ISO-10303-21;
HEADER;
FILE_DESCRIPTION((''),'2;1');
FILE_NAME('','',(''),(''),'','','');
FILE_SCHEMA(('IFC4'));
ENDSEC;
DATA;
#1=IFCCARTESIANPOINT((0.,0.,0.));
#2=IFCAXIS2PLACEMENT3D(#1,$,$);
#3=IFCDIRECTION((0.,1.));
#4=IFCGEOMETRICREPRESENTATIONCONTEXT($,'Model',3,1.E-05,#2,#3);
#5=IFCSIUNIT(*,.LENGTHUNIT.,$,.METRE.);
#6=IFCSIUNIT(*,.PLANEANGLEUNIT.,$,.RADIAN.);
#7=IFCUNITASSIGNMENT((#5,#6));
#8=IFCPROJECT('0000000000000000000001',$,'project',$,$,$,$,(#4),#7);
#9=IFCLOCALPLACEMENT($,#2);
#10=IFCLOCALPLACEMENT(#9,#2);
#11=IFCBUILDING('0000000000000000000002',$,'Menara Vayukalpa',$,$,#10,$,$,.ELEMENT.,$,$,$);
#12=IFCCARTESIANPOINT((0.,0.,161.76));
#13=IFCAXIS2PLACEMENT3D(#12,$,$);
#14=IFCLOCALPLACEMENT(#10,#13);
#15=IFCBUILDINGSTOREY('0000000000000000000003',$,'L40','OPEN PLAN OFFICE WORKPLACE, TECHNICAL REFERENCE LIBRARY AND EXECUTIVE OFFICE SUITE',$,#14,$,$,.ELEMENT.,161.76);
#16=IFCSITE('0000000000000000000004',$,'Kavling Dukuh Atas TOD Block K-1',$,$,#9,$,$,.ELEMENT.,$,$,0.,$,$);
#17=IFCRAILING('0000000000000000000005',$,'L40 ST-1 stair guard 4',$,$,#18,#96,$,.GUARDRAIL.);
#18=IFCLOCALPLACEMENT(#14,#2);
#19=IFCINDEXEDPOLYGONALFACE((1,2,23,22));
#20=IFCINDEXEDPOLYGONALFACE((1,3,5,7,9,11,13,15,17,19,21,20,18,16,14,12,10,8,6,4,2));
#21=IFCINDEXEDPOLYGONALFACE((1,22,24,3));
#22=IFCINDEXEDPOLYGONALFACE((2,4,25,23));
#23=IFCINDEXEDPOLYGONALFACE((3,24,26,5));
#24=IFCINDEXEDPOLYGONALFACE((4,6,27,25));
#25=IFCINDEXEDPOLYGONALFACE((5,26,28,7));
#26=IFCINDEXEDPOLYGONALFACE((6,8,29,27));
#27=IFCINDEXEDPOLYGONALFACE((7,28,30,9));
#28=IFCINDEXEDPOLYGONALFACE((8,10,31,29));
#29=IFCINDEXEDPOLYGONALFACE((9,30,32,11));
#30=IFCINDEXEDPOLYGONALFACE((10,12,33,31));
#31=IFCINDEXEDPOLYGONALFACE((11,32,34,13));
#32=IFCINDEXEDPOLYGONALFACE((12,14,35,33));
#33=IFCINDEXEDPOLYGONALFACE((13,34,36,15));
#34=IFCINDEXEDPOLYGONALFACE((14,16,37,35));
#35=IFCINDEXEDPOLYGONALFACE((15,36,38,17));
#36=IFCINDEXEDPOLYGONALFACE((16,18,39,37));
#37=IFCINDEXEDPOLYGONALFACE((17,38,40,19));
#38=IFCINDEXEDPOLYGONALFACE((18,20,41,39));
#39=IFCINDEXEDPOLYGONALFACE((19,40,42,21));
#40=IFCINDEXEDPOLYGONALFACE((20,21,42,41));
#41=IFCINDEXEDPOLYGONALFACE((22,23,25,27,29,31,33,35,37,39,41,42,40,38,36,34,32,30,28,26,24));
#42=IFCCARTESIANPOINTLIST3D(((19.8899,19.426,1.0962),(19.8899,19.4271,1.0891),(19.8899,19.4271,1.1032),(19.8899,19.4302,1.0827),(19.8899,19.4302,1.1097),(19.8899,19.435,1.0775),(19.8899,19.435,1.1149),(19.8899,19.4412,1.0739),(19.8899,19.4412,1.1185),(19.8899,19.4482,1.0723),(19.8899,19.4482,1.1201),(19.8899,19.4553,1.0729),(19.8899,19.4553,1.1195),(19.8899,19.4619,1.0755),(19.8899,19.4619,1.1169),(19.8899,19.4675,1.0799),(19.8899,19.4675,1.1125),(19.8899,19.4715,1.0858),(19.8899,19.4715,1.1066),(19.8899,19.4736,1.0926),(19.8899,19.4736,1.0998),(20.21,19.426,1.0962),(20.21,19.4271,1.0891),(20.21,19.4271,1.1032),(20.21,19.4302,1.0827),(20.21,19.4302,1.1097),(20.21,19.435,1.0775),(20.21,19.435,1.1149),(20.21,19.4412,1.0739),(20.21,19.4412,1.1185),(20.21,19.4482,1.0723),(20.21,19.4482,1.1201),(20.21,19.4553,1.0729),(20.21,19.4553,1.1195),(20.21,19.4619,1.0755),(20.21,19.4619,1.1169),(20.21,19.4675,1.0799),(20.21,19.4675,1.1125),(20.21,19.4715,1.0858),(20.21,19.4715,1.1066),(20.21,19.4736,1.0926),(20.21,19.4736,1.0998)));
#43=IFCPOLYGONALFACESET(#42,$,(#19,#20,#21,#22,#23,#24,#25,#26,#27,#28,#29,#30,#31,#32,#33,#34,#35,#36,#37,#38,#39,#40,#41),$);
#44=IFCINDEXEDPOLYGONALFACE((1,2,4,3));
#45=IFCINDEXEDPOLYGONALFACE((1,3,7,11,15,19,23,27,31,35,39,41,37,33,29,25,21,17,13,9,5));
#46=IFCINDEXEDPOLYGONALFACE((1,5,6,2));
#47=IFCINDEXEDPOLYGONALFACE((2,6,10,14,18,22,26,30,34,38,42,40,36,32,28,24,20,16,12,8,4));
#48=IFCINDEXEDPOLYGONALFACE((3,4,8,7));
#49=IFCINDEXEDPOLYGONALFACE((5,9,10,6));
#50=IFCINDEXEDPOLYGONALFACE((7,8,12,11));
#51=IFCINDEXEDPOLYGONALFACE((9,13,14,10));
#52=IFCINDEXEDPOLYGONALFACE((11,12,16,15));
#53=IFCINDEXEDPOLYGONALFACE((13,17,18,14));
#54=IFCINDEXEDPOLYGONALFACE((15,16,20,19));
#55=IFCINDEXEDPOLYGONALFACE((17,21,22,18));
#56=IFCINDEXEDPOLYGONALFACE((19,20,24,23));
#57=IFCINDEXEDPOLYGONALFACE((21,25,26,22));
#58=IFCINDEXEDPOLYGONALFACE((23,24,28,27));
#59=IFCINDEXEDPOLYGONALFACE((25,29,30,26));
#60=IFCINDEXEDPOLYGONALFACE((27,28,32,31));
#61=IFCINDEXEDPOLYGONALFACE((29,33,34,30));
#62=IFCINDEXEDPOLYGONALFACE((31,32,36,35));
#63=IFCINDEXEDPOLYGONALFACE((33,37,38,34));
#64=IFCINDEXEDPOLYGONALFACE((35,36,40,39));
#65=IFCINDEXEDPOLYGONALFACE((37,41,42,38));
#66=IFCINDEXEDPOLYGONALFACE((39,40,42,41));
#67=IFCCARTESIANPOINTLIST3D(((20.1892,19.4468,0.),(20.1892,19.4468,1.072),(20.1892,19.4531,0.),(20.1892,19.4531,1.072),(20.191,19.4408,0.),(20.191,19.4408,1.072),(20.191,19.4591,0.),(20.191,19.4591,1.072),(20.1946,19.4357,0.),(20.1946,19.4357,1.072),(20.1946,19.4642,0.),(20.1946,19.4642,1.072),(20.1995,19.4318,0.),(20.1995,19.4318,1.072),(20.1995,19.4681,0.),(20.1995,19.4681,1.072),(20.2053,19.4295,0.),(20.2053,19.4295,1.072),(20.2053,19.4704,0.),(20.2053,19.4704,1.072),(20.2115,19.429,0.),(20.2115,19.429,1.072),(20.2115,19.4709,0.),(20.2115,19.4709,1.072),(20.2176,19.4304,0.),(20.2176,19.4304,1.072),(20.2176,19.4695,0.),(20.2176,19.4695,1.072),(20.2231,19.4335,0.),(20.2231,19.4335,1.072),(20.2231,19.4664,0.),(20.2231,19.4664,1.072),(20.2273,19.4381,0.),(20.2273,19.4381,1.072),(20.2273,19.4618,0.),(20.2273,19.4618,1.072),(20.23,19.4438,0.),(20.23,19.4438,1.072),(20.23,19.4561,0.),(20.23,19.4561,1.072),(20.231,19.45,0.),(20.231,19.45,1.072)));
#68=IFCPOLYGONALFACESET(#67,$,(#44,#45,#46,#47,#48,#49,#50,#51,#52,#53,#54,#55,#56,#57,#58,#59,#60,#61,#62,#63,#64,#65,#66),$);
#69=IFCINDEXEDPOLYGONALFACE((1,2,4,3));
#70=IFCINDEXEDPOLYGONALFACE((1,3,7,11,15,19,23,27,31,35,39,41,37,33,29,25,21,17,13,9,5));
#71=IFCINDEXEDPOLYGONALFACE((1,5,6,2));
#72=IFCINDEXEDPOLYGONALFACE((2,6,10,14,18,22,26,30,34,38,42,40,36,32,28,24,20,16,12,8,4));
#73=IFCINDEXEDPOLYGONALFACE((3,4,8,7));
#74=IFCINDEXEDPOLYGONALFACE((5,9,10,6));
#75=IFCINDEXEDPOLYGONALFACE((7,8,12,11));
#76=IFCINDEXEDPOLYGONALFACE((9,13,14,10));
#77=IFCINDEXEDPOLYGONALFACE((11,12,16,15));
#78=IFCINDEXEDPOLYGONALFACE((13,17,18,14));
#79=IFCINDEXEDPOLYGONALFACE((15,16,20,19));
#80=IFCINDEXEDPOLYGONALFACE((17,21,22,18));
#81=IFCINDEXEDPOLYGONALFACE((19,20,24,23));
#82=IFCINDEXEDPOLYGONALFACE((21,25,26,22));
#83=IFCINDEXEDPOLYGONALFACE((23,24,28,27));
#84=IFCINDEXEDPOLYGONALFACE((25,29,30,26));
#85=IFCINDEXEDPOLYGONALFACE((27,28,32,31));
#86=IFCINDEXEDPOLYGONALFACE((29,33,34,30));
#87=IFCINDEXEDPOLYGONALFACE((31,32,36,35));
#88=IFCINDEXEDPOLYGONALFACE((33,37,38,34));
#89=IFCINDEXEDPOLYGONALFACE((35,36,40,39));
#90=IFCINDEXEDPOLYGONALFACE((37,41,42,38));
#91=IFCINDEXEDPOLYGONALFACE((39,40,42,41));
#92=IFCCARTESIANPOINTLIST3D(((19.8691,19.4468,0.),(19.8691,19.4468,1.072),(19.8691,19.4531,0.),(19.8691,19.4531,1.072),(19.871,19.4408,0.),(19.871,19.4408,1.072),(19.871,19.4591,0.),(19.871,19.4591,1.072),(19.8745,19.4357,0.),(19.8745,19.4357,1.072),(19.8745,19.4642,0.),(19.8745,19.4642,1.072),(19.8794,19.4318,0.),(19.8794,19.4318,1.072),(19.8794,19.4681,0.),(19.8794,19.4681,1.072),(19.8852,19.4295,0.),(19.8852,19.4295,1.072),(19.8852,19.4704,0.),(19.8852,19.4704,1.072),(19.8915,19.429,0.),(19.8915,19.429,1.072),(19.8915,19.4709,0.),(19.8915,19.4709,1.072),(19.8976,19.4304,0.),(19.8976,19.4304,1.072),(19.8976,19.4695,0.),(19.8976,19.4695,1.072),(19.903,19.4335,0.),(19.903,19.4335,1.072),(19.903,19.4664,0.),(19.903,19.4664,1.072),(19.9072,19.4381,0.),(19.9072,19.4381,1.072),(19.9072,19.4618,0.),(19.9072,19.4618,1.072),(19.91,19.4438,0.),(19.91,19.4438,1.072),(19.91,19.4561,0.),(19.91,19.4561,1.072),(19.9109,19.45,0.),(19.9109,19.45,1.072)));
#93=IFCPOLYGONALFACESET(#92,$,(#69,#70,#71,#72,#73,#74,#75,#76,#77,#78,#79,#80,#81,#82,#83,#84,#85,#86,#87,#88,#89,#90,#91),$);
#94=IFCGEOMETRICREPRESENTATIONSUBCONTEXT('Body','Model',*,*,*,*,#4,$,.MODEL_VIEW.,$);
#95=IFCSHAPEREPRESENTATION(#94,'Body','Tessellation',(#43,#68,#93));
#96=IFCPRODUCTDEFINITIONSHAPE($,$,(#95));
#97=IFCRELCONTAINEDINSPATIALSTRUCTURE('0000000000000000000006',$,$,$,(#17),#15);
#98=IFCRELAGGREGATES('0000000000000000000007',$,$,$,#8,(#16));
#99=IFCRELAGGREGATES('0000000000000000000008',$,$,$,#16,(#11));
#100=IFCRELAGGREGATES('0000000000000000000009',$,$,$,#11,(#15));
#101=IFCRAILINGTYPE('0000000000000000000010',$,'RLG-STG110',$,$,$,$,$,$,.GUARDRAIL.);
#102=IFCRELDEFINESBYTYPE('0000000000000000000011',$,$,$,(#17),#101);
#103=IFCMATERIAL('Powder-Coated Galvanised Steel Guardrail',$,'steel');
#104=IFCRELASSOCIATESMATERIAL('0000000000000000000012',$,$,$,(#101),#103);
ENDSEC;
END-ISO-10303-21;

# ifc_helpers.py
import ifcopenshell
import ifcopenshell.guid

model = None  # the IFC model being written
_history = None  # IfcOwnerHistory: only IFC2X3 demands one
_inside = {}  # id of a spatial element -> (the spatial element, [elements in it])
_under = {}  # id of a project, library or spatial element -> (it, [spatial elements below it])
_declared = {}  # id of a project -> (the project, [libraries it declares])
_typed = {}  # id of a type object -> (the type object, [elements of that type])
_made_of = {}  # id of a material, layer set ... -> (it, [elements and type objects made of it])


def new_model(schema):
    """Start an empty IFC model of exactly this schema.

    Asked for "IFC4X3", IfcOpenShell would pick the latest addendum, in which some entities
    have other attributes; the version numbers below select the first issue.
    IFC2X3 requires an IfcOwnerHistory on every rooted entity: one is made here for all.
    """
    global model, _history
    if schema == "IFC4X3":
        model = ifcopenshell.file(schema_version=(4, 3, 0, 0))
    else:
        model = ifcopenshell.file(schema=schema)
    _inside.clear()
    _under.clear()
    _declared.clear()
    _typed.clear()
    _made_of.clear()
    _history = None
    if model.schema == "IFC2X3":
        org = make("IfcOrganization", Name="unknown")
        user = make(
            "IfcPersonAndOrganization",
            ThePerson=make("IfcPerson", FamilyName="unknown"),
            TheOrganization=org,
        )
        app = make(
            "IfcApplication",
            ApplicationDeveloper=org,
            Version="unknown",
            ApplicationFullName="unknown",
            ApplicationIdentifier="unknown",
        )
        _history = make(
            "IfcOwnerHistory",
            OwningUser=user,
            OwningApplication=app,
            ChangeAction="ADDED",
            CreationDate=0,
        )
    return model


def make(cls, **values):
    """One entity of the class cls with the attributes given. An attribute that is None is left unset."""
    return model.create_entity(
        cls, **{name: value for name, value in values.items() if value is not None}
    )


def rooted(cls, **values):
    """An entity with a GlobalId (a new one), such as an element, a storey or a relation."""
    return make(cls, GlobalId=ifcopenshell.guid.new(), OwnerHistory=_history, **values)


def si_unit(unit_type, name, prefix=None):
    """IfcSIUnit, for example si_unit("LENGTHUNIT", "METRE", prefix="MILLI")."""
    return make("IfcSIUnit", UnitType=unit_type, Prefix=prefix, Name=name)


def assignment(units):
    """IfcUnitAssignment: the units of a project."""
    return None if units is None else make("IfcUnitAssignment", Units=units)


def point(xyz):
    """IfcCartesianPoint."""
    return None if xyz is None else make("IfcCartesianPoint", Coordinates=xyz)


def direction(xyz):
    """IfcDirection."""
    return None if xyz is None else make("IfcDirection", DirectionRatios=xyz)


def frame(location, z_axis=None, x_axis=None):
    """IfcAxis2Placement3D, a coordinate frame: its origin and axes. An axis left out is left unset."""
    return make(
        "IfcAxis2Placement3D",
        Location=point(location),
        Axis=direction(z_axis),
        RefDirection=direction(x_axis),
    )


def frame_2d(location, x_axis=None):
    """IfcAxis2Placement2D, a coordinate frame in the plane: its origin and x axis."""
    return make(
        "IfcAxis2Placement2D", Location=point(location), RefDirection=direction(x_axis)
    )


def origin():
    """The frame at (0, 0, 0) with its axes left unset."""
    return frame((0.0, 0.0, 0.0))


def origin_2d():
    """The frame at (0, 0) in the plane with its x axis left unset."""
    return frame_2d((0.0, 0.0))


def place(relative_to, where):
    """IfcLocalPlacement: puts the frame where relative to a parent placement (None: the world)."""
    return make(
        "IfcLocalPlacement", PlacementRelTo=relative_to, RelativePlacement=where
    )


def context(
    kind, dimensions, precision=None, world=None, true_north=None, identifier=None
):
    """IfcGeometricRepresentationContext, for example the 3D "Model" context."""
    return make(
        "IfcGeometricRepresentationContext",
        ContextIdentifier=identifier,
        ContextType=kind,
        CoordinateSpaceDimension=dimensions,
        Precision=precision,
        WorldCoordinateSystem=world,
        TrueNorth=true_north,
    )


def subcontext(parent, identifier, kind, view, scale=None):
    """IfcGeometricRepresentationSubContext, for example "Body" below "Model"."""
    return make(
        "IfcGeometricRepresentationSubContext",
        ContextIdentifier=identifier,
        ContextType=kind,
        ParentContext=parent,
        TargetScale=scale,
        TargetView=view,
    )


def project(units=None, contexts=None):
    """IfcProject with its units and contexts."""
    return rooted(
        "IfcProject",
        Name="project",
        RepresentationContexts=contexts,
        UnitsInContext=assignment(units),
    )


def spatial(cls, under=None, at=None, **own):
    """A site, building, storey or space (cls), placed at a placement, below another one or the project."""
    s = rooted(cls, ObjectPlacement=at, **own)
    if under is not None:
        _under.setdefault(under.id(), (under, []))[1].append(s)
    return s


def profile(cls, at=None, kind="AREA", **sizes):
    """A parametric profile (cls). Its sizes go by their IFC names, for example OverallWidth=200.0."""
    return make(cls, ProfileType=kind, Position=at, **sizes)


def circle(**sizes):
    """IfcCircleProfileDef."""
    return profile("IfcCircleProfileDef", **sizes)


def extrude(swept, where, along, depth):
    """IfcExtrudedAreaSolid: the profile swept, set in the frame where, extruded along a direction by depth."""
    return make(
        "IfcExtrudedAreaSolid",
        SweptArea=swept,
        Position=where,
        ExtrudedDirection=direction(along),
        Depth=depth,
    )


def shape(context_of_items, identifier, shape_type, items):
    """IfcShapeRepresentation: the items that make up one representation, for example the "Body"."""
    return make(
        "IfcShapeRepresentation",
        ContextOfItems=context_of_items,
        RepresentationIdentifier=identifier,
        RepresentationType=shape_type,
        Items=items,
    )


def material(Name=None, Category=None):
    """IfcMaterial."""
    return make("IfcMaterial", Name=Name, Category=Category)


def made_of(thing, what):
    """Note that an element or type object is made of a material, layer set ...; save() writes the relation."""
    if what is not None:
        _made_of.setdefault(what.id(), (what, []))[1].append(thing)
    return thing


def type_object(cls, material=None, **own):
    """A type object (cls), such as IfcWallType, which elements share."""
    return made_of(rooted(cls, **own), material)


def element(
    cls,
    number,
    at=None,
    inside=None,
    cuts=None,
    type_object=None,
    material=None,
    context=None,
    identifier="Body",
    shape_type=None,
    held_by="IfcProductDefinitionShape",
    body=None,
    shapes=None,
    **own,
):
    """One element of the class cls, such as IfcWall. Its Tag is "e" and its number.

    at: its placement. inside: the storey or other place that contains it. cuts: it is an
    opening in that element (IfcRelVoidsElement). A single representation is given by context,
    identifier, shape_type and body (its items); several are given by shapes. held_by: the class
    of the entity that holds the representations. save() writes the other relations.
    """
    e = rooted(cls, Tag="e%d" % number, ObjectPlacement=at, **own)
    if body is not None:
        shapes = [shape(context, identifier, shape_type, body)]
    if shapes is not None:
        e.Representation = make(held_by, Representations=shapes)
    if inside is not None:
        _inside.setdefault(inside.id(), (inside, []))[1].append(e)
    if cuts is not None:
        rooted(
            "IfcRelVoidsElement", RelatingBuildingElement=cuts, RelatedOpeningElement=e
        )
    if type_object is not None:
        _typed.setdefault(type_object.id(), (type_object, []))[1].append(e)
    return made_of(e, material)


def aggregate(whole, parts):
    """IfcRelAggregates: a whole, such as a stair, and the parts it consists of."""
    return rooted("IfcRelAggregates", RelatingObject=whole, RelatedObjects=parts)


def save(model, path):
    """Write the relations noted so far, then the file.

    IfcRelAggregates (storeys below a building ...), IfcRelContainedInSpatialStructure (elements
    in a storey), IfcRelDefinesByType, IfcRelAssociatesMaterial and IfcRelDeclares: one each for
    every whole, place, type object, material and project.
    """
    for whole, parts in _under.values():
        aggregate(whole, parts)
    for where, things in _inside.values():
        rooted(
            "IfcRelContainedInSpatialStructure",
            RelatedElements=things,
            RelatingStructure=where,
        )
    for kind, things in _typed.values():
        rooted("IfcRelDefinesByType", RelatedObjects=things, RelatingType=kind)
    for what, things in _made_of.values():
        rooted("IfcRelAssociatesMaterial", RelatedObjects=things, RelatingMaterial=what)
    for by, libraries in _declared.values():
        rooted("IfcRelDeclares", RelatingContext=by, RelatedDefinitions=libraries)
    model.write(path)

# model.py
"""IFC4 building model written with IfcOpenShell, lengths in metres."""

from ifc_helpers import new_model, si_unit, direction, frame, origin, origin_2d, place, context, subcontext, project, spatial, circle, extrude, material, type_object, element, save


model = new_model("IFC4")

# Units and contexts
model_context = context("Model", 3, precision=1e-05, world=origin(), true_north=direction((0.0, 1.0)))
body_context = subcontext(model_context, "Body", "Model", "MODEL_VIEW")
ifc_project = project(units=[si_unit("LENGTHUNIT", "METRE"), si_unit("PLANEANGLEUNIT", "RADIAN")], contexts=[model_context])

# Site, building, storey
site_placement = place(None, origin())
site = spatial("IfcSite", under=ifc_project, at=site_placement, Name="Kavling Dukuh Atas TOD Block K-1", CompositionType="ELEMENT", RefElevation=0.0)
building_placement = place(site_placement, origin())
building = spatial("IfcBuilding", under=site, at=building_placement, Name="Menara Vayukalpa", CompositionType="ELEMENT")
storey_placement = place(building_placement, frame((0.0, 0.0, 161.76)))
storey = spatial("IfcBuildingStorey", under=building, at=storey_placement, Name="L40", Description="OPEN PLAN OFFICE WORKPLACE, TECHNICAL REFERENCE LIBRARY AND EXECUTIVE OFFICE SUITE", CompositionType="ELEMENT", Elevation=161.76)

# Railing
ifc_material_1 = material(Name="Powder-Coated Galvanised Steel Guardrail", Category="steel")
railing_type_1 = type_object("IfcRailingType", Name="RLG-STG110", PredefinedType="GUARDRAIL", material=ifc_material_1)
railing_1_placement = place(storey_placement, frame((20.21, 19.45, 0.0)))
element("IfcRailing", 1, at=railing_1_placement, inside=storey, type_object=railing_type_1, Name="L40 ST-1 stair guard 4", PredefinedType="GUARDRAIL", context=body_context, shape_type="SweptSolid", body=[
    extrude(circle(Radius=0.0239, at=origin_2d()), frame((0.0, 0.0, 1.0962), z_axis=(-1.0, 0.0, 0.0), x_axis=(0.0, -1.0, 0.0)), (0.0, 0.0, 1.0), 0.3201),
    extrude(circle(Radius=0.021, at=origin_2d()), origin(), (0.0, 0.0, 1.0), 1.072),
    extrude(circle(Radius=0.021, at=origin_2d()), frame((-0.3201, 0.0, 0.0)), (0.0, 0.0, 1.0), 1.072),
])

save(model, "model.ifc")
